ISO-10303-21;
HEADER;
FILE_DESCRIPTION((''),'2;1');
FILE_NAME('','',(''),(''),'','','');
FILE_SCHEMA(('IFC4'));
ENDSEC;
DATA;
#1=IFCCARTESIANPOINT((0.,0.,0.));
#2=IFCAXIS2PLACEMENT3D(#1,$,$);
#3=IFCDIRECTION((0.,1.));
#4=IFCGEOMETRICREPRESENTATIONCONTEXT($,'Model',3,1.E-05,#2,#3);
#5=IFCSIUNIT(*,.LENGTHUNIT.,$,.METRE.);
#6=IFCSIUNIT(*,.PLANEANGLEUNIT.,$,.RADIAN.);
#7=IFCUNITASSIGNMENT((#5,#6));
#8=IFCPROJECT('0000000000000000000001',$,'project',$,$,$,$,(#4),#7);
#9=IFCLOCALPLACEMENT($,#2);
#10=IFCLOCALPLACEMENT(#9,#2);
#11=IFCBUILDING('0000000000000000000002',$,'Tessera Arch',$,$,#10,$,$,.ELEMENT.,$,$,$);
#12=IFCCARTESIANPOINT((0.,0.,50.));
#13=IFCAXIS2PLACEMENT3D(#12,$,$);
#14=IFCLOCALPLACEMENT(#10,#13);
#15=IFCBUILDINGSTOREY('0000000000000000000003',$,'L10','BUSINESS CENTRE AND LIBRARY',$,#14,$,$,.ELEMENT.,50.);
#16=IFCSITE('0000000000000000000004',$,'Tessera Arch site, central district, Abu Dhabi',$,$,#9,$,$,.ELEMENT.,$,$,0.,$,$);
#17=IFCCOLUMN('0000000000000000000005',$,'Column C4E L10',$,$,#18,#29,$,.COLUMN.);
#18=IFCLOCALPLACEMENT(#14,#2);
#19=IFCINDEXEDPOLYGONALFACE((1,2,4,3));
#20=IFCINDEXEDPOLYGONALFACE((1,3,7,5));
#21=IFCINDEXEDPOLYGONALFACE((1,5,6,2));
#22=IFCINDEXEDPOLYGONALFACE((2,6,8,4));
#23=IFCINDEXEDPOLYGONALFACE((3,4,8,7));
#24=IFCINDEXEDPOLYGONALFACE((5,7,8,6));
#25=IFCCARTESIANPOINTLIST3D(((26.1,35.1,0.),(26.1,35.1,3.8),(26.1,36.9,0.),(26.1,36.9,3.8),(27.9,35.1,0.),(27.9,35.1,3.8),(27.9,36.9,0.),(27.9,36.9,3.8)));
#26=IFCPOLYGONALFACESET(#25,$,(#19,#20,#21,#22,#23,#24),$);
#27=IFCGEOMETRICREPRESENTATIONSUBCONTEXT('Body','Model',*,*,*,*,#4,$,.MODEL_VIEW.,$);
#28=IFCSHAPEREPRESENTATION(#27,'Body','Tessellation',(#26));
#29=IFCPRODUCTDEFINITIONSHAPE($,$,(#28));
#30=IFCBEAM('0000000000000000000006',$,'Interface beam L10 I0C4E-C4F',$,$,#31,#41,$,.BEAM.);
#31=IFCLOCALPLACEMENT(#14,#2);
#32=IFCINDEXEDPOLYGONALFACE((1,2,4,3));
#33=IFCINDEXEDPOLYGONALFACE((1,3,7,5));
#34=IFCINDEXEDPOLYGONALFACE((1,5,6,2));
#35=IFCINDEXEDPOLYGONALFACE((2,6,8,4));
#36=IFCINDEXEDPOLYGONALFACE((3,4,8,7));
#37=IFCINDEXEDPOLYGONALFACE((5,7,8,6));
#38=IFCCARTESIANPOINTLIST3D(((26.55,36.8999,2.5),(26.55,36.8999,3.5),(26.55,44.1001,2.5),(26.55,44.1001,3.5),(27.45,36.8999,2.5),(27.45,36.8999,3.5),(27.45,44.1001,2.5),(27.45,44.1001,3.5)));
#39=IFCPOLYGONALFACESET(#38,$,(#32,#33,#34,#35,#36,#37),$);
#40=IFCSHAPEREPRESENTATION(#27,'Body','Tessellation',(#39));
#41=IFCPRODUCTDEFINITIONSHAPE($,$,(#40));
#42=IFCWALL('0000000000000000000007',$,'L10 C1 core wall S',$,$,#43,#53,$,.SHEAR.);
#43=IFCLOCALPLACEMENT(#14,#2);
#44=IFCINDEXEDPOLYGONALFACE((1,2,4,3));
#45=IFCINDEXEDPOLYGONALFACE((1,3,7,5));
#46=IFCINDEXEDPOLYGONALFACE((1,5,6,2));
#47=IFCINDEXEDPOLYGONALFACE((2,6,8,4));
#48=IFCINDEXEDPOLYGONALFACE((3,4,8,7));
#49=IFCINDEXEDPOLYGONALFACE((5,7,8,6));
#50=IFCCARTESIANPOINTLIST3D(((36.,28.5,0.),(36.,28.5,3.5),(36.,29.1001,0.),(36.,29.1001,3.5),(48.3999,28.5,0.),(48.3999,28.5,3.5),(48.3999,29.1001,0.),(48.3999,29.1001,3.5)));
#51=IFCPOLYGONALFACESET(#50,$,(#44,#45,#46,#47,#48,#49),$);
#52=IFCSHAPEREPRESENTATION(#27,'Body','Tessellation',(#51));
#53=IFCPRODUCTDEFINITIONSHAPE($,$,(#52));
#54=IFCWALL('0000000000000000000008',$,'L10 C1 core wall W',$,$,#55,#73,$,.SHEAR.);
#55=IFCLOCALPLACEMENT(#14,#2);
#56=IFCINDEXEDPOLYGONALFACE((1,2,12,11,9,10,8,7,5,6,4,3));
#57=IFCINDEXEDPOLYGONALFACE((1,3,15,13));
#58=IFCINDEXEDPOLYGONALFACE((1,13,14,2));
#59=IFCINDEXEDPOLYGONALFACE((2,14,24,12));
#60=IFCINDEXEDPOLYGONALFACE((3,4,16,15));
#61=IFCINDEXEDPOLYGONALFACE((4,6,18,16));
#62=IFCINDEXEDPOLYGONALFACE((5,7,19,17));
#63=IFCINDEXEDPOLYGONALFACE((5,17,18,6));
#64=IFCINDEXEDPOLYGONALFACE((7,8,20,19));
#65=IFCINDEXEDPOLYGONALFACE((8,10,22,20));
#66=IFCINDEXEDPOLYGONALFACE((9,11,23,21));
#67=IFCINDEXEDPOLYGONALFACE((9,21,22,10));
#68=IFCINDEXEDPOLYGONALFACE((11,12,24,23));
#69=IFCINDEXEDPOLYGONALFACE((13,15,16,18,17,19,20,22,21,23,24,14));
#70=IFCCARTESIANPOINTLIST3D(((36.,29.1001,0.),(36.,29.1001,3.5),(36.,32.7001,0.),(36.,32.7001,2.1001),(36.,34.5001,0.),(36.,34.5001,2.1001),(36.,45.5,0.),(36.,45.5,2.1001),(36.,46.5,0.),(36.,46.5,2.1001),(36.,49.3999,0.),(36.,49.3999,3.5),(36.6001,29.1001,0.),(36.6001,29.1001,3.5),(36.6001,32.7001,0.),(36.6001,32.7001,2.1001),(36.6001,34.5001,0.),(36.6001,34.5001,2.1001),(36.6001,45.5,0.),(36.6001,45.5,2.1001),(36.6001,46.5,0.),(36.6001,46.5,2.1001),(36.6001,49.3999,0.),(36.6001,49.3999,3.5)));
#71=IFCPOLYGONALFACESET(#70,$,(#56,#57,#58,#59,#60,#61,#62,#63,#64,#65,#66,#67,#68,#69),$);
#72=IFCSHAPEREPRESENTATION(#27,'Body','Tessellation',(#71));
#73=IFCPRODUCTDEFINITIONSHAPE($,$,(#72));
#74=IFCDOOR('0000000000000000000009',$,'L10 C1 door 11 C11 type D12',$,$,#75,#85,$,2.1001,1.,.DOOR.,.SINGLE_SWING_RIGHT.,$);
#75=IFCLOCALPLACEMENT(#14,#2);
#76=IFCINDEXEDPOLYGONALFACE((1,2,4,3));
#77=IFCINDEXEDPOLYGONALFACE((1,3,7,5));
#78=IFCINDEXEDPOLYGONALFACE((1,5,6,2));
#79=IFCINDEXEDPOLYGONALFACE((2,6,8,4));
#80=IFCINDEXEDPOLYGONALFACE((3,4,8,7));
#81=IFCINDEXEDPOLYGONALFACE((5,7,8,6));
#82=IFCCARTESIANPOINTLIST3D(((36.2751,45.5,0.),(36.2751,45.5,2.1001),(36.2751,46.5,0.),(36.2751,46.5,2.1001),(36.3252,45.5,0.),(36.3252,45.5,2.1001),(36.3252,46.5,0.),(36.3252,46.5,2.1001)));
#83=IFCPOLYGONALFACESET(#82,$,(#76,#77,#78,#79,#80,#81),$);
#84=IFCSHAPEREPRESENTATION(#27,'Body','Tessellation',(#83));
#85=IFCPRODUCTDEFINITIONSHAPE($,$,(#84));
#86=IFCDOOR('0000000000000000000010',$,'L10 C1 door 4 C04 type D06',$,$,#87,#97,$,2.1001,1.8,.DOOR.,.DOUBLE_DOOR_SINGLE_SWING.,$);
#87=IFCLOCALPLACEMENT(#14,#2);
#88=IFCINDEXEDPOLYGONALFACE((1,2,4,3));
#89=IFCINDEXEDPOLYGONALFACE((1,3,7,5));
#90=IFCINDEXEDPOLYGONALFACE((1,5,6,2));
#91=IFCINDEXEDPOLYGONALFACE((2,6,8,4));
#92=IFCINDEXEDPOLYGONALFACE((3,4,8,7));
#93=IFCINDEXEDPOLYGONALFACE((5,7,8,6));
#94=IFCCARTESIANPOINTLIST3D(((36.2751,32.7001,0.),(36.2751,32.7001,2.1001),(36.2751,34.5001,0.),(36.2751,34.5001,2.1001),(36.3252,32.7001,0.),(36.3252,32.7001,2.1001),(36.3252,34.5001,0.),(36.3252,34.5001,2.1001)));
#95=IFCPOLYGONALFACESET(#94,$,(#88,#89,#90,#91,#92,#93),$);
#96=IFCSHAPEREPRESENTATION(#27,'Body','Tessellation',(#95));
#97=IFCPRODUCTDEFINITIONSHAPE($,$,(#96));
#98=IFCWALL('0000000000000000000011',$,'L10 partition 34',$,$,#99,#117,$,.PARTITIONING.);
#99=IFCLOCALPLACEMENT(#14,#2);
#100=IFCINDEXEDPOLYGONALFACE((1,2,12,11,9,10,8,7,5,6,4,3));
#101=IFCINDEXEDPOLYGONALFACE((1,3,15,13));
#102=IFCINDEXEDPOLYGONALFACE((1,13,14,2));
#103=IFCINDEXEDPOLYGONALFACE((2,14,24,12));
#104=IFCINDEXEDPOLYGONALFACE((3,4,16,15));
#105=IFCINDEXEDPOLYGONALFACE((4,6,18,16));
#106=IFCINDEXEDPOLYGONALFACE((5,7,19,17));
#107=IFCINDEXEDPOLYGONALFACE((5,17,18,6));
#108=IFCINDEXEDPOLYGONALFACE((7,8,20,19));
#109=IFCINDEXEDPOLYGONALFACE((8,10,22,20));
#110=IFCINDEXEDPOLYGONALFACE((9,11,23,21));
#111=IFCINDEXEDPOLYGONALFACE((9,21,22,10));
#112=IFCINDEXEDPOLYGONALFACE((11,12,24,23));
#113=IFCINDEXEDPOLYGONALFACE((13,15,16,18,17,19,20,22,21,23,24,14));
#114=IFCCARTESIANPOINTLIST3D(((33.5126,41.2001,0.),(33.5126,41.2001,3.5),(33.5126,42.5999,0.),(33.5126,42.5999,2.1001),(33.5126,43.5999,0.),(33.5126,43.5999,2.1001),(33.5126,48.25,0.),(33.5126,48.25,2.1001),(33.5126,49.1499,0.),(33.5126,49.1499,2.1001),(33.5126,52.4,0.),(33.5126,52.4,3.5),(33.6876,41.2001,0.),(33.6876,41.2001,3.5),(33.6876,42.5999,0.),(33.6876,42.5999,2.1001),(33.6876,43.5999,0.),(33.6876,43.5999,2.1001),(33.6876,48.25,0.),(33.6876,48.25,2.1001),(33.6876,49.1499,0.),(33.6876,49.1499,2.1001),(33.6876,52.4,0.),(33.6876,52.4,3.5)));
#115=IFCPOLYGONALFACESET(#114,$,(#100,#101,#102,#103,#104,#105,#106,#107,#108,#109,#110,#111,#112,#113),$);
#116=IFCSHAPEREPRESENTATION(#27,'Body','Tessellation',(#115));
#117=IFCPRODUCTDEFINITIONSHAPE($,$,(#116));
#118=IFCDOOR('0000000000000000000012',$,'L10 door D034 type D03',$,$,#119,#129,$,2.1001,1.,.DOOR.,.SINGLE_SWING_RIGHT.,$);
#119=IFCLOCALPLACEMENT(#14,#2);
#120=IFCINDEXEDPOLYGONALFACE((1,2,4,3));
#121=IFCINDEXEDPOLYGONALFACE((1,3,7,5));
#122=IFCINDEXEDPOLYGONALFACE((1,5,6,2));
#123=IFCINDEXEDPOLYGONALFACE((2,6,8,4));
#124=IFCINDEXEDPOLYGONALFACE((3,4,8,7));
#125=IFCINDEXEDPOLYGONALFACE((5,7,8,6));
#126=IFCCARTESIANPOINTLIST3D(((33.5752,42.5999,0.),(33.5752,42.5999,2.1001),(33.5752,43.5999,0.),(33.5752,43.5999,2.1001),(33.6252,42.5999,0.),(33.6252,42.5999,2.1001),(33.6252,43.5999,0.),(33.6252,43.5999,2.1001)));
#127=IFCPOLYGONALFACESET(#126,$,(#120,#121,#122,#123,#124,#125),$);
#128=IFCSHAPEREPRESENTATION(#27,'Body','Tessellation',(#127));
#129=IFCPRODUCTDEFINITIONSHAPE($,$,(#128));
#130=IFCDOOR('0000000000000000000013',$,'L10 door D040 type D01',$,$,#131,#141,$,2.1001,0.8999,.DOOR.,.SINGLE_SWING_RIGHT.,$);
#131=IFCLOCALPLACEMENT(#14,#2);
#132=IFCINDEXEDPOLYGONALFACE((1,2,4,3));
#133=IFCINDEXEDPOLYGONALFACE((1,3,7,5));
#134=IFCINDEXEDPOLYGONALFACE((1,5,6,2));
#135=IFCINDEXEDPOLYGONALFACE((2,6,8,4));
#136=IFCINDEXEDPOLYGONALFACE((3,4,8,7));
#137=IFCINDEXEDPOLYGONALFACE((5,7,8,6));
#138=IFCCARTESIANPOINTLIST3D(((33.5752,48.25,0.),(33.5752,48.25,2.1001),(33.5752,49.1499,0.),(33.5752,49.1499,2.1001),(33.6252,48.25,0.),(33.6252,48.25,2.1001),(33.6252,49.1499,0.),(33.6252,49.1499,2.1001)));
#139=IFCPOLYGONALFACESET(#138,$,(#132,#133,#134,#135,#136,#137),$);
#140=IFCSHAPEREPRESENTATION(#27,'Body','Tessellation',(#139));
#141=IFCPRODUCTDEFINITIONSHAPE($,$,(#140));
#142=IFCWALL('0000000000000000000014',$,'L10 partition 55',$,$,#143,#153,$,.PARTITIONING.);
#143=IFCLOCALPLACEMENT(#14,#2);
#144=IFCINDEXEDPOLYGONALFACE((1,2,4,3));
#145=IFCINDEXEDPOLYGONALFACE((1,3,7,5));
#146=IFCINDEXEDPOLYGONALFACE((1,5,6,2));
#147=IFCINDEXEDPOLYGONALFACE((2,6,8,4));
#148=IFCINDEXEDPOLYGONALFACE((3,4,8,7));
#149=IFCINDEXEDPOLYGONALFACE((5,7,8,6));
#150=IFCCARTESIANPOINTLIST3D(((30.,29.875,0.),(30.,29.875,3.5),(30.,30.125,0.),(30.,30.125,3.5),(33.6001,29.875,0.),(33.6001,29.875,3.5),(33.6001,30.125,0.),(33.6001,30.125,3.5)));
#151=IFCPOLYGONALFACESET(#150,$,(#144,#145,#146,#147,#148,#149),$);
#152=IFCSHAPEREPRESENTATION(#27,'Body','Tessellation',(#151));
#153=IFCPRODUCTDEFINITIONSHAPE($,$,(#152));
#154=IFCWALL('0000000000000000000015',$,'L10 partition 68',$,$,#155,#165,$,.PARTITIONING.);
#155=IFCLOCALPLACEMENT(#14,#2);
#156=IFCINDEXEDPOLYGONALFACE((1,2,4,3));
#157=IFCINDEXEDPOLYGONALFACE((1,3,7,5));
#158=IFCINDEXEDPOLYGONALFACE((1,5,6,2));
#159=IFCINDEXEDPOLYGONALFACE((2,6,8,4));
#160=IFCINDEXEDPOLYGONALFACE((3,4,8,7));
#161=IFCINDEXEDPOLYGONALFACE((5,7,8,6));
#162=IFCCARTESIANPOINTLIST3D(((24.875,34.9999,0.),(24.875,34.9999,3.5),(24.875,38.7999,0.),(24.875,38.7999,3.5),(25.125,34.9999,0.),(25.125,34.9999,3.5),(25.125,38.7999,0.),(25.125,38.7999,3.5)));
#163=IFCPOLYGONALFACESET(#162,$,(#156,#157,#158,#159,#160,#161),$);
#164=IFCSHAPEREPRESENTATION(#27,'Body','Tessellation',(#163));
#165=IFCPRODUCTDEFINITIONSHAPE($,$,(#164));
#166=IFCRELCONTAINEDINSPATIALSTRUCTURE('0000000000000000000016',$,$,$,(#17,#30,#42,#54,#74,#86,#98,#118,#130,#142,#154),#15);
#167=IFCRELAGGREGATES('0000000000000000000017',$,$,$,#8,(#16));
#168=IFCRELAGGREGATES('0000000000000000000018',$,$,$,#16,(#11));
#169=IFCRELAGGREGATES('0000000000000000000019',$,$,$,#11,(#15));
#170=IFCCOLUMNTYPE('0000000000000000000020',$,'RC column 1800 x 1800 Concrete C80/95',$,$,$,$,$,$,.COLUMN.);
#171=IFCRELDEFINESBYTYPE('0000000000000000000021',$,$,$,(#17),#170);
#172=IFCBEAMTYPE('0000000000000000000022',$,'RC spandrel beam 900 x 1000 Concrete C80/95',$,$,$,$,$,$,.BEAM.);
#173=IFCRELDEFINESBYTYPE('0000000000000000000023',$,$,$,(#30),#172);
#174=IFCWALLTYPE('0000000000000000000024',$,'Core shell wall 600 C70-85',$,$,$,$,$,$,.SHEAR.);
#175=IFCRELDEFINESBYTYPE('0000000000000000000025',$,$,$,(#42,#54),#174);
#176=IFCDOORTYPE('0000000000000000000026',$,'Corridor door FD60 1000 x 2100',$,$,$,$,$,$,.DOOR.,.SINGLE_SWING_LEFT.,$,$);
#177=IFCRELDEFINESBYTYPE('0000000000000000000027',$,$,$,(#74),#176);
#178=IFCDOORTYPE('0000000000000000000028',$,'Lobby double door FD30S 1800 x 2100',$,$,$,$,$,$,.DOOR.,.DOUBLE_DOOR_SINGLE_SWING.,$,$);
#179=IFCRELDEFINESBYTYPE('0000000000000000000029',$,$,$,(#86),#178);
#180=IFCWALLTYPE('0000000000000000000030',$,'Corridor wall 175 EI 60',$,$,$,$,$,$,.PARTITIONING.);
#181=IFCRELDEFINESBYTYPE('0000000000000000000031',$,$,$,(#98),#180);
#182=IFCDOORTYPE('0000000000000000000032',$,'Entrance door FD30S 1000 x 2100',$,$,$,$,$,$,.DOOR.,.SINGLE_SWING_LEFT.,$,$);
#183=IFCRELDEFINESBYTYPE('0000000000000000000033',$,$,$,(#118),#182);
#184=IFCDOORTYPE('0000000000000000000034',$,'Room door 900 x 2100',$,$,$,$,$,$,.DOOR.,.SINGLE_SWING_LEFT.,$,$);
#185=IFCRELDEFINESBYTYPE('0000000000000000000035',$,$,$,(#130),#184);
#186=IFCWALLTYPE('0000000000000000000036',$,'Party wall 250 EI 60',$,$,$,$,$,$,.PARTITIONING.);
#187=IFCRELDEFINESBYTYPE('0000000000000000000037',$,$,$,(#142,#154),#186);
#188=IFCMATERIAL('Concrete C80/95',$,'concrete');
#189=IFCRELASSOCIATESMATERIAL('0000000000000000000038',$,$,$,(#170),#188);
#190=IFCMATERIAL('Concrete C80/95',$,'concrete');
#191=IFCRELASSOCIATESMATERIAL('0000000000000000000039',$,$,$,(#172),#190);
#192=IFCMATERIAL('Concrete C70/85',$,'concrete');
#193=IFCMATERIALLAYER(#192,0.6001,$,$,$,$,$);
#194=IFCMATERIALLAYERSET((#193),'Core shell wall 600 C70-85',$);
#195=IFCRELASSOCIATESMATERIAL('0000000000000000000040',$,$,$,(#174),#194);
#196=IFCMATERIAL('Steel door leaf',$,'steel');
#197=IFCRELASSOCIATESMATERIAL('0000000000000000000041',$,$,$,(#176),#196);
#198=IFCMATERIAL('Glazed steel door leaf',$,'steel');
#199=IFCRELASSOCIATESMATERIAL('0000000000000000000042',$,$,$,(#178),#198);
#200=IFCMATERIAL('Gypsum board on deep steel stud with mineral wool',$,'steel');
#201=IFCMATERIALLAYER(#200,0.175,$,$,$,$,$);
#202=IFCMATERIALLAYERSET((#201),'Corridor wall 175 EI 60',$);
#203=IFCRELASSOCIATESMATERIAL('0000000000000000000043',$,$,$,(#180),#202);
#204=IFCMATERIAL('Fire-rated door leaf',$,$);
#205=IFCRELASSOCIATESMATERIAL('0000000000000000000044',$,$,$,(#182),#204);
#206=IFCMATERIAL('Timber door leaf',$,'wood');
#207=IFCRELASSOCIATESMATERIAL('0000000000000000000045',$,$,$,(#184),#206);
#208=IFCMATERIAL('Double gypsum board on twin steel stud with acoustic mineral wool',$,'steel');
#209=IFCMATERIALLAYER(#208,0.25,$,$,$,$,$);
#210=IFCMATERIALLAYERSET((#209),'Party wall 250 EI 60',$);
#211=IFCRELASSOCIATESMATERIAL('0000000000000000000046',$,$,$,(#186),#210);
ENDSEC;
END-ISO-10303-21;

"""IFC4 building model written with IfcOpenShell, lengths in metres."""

from ifc_helpers import new_model, si_unit, direction, frame, frame_2d, origin, origin_2d, place, context, subcontext, project, spatial, rectangle, extrude, material, layer, layer_set, material_profile, profile_set, type_object, element, fill, save


model = new_model("IFC4")

# Units and contexts
model_context = context("Model", 3, precision=1e-05, world=origin(), true_north=direction((0.0, 1.0)))
body_context = subcontext(model_context, "Body", "Model", "MODEL_VIEW")
ifc_project = project(units=[si_unit("LENGTHUNIT", "METRE"), si_unit("PLANEANGLEUNIT", "RADIAN")], contexts=[model_context])

# Site, building, storey
site_placement = place(None, origin())
site = spatial("IfcSite", under=ifc_project, at=site_placement, Name="Tessera Arch site, central district, Abu Dhabi", CompositionType="ELEMENT", RefElevation=0.0)
building_placement = place(site_placement, origin())
building = spatial("IfcBuilding", under=site, at=building_placement, Name="Tessera Arch", CompositionType="ELEMENT")
storey_placement = place(building_placement, frame((0.0, 0.0, 50.0)))
storey = spatial("IfcBuildingStorey", under=building, at=storey_placement, Name="L10", Description="BUSINESS CENTRE AND LIBRARY", CompositionType="ELEMENT", Elevation=50.0)

# Column
ifc_material_1 = material(Name="Concrete C80/95", Category="concrete")
ifc_material_profile_1 = material_profile(ifc_material_1, rectangle(XDim=1.8, YDim=1.8, at=origin_2d()), Name="RC column 1800 x 1800 Concrete C80/95")
ifc_profile_set_1 = profile_set([ifc_material_profile_1], Name="Concrete C80/95")
column_type = type_object("IfcColumnType", Name="RC column 1800 x 1800 Concrete C80/95", PredefinedType="COLUMN", material=ifc_profile_set_1)
column_placement = place(storey_placement, frame((27.0, 36.0, 0.0), z_axis=(0.0, 0.0, 1.0), x_axis=(1.0, 0.0, 0.0)))
element("IfcColumn", 1, at=column_placement, inside=storey, type_object=column_type, Name="Column C4E L10", PredefinedType="COLUMN", context=body_context, shape_type="SweptSolid", body=[
    extrude(rectangle(XDim=1.8, YDim=1.8, at=origin_2d()), origin(), (0.0, 0.0, 1.0), 3.8),
])

# Beam
ifc_material_2 = material(Name="Concrete C80/95", Category="concrete")
ifc_material_profile_2 = material_profile(ifc_material_2, rectangle(XDim=0.8999, YDim=1.0, at=origin_2d()), Name="RC spandrel beam 900 x 1000 Concrete C80/95")
ifc_profile_set_2 = profile_set([ifc_material_profile_2], Name="Concrete C80/95")
beam_type = type_object("IfcBeamType", Name="RC spandrel beam 900 x 1000 Concrete C80/95", PredefinedType="BEAM", material=ifc_profile_set_2)
beam_placement = place(storey_placement, frame((27.0, 36.8999, 3.0), z_axis=(0.0, 1.0, 0.0), x_axis=(-1.0, 0.0, 0.0)))
element("IfcBeam", 2, at=beam_placement, inside=storey, type_object=beam_type, Name="Interface beam L10 I0C4E-C4F", PredefinedType="BEAM", context=body_context, shape_type="SweptSolid", body=[
    extrude(rectangle(XDim=0.8999, YDim=1.0, at=origin_2d()), origin(), (0.0, 0.0, 1.0), 7.2002),
])

# Wall
ifc_material_3 = material(Name="Concrete C70/85", Category="concrete")
ifc_layer_1 = layer(ifc_material_3, 0.6001)
ifc_layer_set_1 = layer_set([ifc_layer_1], Name="Core shell wall 600 C70-85")
wall_type_1 = type_object("IfcWallType", Name="Core shell wall 600 C70-85", PredefinedType="SHEAR", material=ifc_layer_set_1)
wall_1_placement = place(storey_placement, frame((36.0, 28.8, 0.0), z_axis=(0.0, 0.0, 1.0), x_axis=(1.0, 0.0, 0.0)))
element("IfcWall", 3, at=wall_1_placement, inside=storey, type_object=wall_type_1, Name="L10 C1 core wall S", PredefinedType="SHEAR", context=body_context, shape_type="SweptSolid", body=[
    extrude(rectangle(XDim=12.3999, YDim=0.6001, at=frame_2d((6.2, 0.0))), origin(), (0.0, 0.0, 1.0), 3.5),
])

# Walls, openings, doors
wall_2_placement = place(storey_placement, frame((36.3, 29.1001, 0.0), z_axis=(0.0, 0.0, 1.0), x_axis=(0.0, 1.0, 0.0)))
wall_2 = element("IfcWall", 4, at=wall_2_placement, inside=storey, type_object=wall_type_1, Name="L10 C1 core wall W", PredefinedType="SHEAR", context=body_context, shape_type="SweptSolid", body=[
    extrude(rectangle(XDim=20.2998, YDim=0.6001, at=frame_2d((10.1499, 0.0))), origin(), (0.0, 0.0, 1.0), 3.5),
])
opening_1_placement = place(wall_2_placement, frame((3.6001, 0.0, 0.0)))
opening_1 = element("IfcOpeningElement", 5, at=opening_1_placement, cuts=wall_2, PredefinedType="OPENING", context=body_context, shape_type="SweptSolid", body=[
    extrude(rectangle(XDim=1.8, YDim=2.1001, at=frame_2d((0.8999, 1.05))), frame((0.0, 0.3101, 0.0), z_axis=(0.0, -1.0, 0.0), x_axis=(1.0, 0.0, 0.0)), (0.0, 0.0, 1.0), 0.6201),
])
opening_2_placement = place(wall_2_placement, frame((16.3999, 0.0, 0.0)))
opening_2 = element("IfcOpeningElement", 6, at=opening_2_placement, cuts=wall_2, PredefinedType="OPENING", context=body_context, shape_type="SweptSolid", body=[
    extrude(rectangle(XDim=1.0, YDim=2.1001, at=frame_2d((0.5, 1.05))), frame((0.0, 0.3101, 0.0), z_axis=(0.0, -1.0, 0.0), x_axis=(1.0, 0.0, 0.0)), (0.0, 0.0, 1.0), 0.6201),
])
ifc_material_4 = material(Name="Steel door leaf", Category="steel")
door_type_1 = type_object("IfcDoorType", Name="Corridor door FD60 1000 x 2100", OperationType="SINGLE_SWING_LEFT", PredefinedType="DOOR", material=ifc_material_4)
door_1_placement = place(opening_2_placement, origin())
door_1 = element("IfcDoor", 7, at=door_1_placement, inside=storey, type_object=door_type_1, Name="L10 C1 door 11 C11 type D12", OperationType="SINGLE_SWING_RIGHT", OverallHeight=2.1001, OverallWidth=1.0, PredefinedType="DOOR", context=body_context, shape_type="SweptSolid", body=[
    extrude(rectangle(XDim=1.0, YDim=2.1001, at=frame_2d((0.5, 1.05))), frame((0.0, 0.0249, 0.0), z_axis=(0.0, -1.0, 0.0), x_axis=(1.0, 0.0, 0.0)), (0.0, 0.0, 1.0), 0.05),
])
fill(opening_2, door_1)
ifc_material_5 = material(Name="Glazed steel door leaf", Category="steel")
door_type_2 = type_object("IfcDoorType", Name="Lobby double door FD30S 1800 x 2100", OperationType="DOUBLE_DOOR_SINGLE_SWING", PredefinedType="DOOR", material=ifc_material_5)
door_2_placement = place(opening_1_placement, origin())
door_2 = element("IfcDoor", 8, at=door_2_placement, inside=storey, type_object=door_type_2, Name="L10 C1 door 4 C04 type D06", OperationType="DOUBLE_DOOR_SINGLE_SWING", OverallHeight=2.1001, OverallWidth=1.8, PredefinedType="DOOR", context=body_context, shape_type="SweptSolid", body=[
    extrude(rectangle(XDim=1.8, YDim=2.1001, at=frame_2d((0.8999, 1.05))), frame((0.0, 0.0249, 0.0), z_axis=(0.0, -1.0, 0.0), x_axis=(1.0, 0.0, 0.0)), (0.0, 0.0, 1.0), 0.05),
])
fill(opening_1, door_2)
ifc_material_6 = material(Name="Gypsum board on deep steel stud with mineral wool", Category="steel")
ifc_layer_2 = layer(ifc_material_6, 0.175)
ifc_layer_set_2 = layer_set([ifc_layer_2], Name="Corridor wall 175 EI 60")
wall_type_2 = type_object("IfcWallType", Name="Corridor wall 175 EI 60", PredefinedType="PARTITIONING", material=ifc_layer_set_2)
wall_3_placement = place(storey_placement, frame((33.6001, 41.2, 0.0), z_axis=(0.0, 0.0, 1.0), x_axis=(0.0, 1.0, 0.0)))
wall_3 = element("IfcWall", 9, at=wall_3_placement, inside=storey, type_object=wall_type_2, Name="L10 partition 34", PredefinedType="PARTITIONING", context=body_context, shape_type="SweptSolid", body=[
    extrude(rectangle(XDim=11.2, YDim=0.175, at=frame_2d((5.6001, 0.0))), origin(), (0.0, 0.0, 1.0), 3.5),
])
opening_3_placement = place(wall_3_placement, frame((1.3999, 0.0, 0.0)))
opening_3 = element("IfcOpeningElement", 10, at=opening_3_placement, cuts=wall_3, PredefinedType="OPENING", context=body_context, shape_type="SweptSolid", body=[
    extrude(rectangle(XDim=1.0, YDim=2.1001, at=frame_2d((0.5, 1.05))), frame((0.0, 0.0974, 0.0), z_axis=(0.0, -1.0, 0.0), x_axis=(1.0, 0.0, 0.0)), (0.0, 0.0, 1.0), 0.1951),
])
opening_4_placement = place(wall_3_placement, frame((7.05, 0.0, 0.0)))
opening_4 = element("IfcOpeningElement", 11, at=opening_4_placement, cuts=wall_3, PredefinedType="OPENING", context=body_context, shape_type="SweptSolid", body=[
    extrude(rectangle(XDim=0.8999, YDim=2.1001, at=frame_2d((0.45, 1.05))), frame((0.0, 0.0974, 0.0), z_axis=(0.0, -1.0, 0.0), x_axis=(1.0, 0.0, 0.0)), (0.0, 0.0, 1.0), 0.1951),
])
ifc_material_7 = material(Name="Fire-rated door leaf")
door_type_3 = type_object("IfcDoorType", Name="Entrance door FD30S 1000 x 2100", OperationType="SINGLE_SWING_LEFT", PredefinedType="DOOR", material=ifc_material_7)
door_3_placement = place(opening_3_placement, origin())
door_3 = element("IfcDoor", 12, at=door_3_placement, inside=storey, type_object=door_type_3, Name="L10 door D034 type D03", OperationType="SINGLE_SWING_RIGHT", OverallHeight=2.1001, OverallWidth=1.0, PredefinedType="DOOR", context=body_context, shape_type="SweptSolid", body=[
    extrude(rectangle(XDim=1.0, YDim=2.1001, at=frame_2d((0.5, 1.05))), frame((0.0, 0.0249, 0.0), z_axis=(0.0, -1.0, 0.0), x_axis=(1.0, 0.0, 0.0)), (0.0, 0.0, 1.0), 0.05),
])
fill(opening_3, door_3)
ifc_material_8 = material(Name="Timber door leaf", Category="wood")
door_type_4 = type_object("IfcDoorType", Name="Room door 900 x 2100", OperationType="SINGLE_SWING_LEFT", PredefinedType="DOOR", material=ifc_material_8)
door_4_placement = place(opening_4_placement, origin())
door_4 = element("IfcDoor", 13, at=door_4_placement, inside=storey, type_object=door_type_4, Name="L10 door D040 type D01", OperationType="SINGLE_SWING_RIGHT", OverallHeight=2.1001, OverallWidth=0.8999, PredefinedType="DOOR", context=body_context, shape_type="SweptSolid", body=[
    extrude(rectangle(XDim=0.8999, YDim=2.1001, at=frame_2d((0.45, 1.05))), frame((0.0, 0.0249, 0.0), z_axis=(0.0, -1.0, 0.0), x_axis=(1.0, 0.0, 0.0)), (0.0, 0.0, 1.0), 0.05),
])
fill(opening_4, door_4)

# Walls
ifc_material_9 = material(Name="Double gypsum board on twin steel stud with acoustic mineral wool", Category="steel")
ifc_layer_3 = layer(ifc_material_9, 0.25)
ifc_layer_set_3 = layer_set([ifc_layer_3], Name="Party wall 250 EI 60")
wall_type_3 = type_object("IfcWallType", Name="Party wall 250 EI 60", PredefinedType="PARTITIONING", material=ifc_layer_set_3)
wall_4_placement = place(storey_placement, frame((30.0, 30.0, 0.0), z_axis=(0.0, 0.0, 1.0), x_axis=(1.0, 0.0, 0.0)))
element("IfcWall", 14, at=wall_4_placement, inside=storey, type_object=wall_type_3, Name="L10 partition 55", PredefinedType="PARTITIONING", context=body_context, shape_type="SweptSolid", body=[
    extrude(rectangle(XDim=3.6001, YDim=0.25, at=frame_2d((1.8, 0.0))), origin(), (0.0, 0.0, 1.0), 3.5),
])
wall_5_placement = place(storey_placement, frame((25.0, 35.0, 0.0), z_axis=(0.0, 0.0, 1.0), x_axis=(0.0, 1.0, 0.0)))
element("IfcWall", 15, at=wall_5_placement, inside=storey, type_object=wall_type_3, Name="L10 partition 68", PredefinedType="PARTITIONING", context=body_context, shape_type="SweptSolid", body=[
    extrude(rectangle(XDim=3.8, YDim=0.25, at=frame_2d((1.8999, 0.0))), origin(), (0.0, 0.0, 1.0), 3.5),
])

save(model, "model.ifc")
